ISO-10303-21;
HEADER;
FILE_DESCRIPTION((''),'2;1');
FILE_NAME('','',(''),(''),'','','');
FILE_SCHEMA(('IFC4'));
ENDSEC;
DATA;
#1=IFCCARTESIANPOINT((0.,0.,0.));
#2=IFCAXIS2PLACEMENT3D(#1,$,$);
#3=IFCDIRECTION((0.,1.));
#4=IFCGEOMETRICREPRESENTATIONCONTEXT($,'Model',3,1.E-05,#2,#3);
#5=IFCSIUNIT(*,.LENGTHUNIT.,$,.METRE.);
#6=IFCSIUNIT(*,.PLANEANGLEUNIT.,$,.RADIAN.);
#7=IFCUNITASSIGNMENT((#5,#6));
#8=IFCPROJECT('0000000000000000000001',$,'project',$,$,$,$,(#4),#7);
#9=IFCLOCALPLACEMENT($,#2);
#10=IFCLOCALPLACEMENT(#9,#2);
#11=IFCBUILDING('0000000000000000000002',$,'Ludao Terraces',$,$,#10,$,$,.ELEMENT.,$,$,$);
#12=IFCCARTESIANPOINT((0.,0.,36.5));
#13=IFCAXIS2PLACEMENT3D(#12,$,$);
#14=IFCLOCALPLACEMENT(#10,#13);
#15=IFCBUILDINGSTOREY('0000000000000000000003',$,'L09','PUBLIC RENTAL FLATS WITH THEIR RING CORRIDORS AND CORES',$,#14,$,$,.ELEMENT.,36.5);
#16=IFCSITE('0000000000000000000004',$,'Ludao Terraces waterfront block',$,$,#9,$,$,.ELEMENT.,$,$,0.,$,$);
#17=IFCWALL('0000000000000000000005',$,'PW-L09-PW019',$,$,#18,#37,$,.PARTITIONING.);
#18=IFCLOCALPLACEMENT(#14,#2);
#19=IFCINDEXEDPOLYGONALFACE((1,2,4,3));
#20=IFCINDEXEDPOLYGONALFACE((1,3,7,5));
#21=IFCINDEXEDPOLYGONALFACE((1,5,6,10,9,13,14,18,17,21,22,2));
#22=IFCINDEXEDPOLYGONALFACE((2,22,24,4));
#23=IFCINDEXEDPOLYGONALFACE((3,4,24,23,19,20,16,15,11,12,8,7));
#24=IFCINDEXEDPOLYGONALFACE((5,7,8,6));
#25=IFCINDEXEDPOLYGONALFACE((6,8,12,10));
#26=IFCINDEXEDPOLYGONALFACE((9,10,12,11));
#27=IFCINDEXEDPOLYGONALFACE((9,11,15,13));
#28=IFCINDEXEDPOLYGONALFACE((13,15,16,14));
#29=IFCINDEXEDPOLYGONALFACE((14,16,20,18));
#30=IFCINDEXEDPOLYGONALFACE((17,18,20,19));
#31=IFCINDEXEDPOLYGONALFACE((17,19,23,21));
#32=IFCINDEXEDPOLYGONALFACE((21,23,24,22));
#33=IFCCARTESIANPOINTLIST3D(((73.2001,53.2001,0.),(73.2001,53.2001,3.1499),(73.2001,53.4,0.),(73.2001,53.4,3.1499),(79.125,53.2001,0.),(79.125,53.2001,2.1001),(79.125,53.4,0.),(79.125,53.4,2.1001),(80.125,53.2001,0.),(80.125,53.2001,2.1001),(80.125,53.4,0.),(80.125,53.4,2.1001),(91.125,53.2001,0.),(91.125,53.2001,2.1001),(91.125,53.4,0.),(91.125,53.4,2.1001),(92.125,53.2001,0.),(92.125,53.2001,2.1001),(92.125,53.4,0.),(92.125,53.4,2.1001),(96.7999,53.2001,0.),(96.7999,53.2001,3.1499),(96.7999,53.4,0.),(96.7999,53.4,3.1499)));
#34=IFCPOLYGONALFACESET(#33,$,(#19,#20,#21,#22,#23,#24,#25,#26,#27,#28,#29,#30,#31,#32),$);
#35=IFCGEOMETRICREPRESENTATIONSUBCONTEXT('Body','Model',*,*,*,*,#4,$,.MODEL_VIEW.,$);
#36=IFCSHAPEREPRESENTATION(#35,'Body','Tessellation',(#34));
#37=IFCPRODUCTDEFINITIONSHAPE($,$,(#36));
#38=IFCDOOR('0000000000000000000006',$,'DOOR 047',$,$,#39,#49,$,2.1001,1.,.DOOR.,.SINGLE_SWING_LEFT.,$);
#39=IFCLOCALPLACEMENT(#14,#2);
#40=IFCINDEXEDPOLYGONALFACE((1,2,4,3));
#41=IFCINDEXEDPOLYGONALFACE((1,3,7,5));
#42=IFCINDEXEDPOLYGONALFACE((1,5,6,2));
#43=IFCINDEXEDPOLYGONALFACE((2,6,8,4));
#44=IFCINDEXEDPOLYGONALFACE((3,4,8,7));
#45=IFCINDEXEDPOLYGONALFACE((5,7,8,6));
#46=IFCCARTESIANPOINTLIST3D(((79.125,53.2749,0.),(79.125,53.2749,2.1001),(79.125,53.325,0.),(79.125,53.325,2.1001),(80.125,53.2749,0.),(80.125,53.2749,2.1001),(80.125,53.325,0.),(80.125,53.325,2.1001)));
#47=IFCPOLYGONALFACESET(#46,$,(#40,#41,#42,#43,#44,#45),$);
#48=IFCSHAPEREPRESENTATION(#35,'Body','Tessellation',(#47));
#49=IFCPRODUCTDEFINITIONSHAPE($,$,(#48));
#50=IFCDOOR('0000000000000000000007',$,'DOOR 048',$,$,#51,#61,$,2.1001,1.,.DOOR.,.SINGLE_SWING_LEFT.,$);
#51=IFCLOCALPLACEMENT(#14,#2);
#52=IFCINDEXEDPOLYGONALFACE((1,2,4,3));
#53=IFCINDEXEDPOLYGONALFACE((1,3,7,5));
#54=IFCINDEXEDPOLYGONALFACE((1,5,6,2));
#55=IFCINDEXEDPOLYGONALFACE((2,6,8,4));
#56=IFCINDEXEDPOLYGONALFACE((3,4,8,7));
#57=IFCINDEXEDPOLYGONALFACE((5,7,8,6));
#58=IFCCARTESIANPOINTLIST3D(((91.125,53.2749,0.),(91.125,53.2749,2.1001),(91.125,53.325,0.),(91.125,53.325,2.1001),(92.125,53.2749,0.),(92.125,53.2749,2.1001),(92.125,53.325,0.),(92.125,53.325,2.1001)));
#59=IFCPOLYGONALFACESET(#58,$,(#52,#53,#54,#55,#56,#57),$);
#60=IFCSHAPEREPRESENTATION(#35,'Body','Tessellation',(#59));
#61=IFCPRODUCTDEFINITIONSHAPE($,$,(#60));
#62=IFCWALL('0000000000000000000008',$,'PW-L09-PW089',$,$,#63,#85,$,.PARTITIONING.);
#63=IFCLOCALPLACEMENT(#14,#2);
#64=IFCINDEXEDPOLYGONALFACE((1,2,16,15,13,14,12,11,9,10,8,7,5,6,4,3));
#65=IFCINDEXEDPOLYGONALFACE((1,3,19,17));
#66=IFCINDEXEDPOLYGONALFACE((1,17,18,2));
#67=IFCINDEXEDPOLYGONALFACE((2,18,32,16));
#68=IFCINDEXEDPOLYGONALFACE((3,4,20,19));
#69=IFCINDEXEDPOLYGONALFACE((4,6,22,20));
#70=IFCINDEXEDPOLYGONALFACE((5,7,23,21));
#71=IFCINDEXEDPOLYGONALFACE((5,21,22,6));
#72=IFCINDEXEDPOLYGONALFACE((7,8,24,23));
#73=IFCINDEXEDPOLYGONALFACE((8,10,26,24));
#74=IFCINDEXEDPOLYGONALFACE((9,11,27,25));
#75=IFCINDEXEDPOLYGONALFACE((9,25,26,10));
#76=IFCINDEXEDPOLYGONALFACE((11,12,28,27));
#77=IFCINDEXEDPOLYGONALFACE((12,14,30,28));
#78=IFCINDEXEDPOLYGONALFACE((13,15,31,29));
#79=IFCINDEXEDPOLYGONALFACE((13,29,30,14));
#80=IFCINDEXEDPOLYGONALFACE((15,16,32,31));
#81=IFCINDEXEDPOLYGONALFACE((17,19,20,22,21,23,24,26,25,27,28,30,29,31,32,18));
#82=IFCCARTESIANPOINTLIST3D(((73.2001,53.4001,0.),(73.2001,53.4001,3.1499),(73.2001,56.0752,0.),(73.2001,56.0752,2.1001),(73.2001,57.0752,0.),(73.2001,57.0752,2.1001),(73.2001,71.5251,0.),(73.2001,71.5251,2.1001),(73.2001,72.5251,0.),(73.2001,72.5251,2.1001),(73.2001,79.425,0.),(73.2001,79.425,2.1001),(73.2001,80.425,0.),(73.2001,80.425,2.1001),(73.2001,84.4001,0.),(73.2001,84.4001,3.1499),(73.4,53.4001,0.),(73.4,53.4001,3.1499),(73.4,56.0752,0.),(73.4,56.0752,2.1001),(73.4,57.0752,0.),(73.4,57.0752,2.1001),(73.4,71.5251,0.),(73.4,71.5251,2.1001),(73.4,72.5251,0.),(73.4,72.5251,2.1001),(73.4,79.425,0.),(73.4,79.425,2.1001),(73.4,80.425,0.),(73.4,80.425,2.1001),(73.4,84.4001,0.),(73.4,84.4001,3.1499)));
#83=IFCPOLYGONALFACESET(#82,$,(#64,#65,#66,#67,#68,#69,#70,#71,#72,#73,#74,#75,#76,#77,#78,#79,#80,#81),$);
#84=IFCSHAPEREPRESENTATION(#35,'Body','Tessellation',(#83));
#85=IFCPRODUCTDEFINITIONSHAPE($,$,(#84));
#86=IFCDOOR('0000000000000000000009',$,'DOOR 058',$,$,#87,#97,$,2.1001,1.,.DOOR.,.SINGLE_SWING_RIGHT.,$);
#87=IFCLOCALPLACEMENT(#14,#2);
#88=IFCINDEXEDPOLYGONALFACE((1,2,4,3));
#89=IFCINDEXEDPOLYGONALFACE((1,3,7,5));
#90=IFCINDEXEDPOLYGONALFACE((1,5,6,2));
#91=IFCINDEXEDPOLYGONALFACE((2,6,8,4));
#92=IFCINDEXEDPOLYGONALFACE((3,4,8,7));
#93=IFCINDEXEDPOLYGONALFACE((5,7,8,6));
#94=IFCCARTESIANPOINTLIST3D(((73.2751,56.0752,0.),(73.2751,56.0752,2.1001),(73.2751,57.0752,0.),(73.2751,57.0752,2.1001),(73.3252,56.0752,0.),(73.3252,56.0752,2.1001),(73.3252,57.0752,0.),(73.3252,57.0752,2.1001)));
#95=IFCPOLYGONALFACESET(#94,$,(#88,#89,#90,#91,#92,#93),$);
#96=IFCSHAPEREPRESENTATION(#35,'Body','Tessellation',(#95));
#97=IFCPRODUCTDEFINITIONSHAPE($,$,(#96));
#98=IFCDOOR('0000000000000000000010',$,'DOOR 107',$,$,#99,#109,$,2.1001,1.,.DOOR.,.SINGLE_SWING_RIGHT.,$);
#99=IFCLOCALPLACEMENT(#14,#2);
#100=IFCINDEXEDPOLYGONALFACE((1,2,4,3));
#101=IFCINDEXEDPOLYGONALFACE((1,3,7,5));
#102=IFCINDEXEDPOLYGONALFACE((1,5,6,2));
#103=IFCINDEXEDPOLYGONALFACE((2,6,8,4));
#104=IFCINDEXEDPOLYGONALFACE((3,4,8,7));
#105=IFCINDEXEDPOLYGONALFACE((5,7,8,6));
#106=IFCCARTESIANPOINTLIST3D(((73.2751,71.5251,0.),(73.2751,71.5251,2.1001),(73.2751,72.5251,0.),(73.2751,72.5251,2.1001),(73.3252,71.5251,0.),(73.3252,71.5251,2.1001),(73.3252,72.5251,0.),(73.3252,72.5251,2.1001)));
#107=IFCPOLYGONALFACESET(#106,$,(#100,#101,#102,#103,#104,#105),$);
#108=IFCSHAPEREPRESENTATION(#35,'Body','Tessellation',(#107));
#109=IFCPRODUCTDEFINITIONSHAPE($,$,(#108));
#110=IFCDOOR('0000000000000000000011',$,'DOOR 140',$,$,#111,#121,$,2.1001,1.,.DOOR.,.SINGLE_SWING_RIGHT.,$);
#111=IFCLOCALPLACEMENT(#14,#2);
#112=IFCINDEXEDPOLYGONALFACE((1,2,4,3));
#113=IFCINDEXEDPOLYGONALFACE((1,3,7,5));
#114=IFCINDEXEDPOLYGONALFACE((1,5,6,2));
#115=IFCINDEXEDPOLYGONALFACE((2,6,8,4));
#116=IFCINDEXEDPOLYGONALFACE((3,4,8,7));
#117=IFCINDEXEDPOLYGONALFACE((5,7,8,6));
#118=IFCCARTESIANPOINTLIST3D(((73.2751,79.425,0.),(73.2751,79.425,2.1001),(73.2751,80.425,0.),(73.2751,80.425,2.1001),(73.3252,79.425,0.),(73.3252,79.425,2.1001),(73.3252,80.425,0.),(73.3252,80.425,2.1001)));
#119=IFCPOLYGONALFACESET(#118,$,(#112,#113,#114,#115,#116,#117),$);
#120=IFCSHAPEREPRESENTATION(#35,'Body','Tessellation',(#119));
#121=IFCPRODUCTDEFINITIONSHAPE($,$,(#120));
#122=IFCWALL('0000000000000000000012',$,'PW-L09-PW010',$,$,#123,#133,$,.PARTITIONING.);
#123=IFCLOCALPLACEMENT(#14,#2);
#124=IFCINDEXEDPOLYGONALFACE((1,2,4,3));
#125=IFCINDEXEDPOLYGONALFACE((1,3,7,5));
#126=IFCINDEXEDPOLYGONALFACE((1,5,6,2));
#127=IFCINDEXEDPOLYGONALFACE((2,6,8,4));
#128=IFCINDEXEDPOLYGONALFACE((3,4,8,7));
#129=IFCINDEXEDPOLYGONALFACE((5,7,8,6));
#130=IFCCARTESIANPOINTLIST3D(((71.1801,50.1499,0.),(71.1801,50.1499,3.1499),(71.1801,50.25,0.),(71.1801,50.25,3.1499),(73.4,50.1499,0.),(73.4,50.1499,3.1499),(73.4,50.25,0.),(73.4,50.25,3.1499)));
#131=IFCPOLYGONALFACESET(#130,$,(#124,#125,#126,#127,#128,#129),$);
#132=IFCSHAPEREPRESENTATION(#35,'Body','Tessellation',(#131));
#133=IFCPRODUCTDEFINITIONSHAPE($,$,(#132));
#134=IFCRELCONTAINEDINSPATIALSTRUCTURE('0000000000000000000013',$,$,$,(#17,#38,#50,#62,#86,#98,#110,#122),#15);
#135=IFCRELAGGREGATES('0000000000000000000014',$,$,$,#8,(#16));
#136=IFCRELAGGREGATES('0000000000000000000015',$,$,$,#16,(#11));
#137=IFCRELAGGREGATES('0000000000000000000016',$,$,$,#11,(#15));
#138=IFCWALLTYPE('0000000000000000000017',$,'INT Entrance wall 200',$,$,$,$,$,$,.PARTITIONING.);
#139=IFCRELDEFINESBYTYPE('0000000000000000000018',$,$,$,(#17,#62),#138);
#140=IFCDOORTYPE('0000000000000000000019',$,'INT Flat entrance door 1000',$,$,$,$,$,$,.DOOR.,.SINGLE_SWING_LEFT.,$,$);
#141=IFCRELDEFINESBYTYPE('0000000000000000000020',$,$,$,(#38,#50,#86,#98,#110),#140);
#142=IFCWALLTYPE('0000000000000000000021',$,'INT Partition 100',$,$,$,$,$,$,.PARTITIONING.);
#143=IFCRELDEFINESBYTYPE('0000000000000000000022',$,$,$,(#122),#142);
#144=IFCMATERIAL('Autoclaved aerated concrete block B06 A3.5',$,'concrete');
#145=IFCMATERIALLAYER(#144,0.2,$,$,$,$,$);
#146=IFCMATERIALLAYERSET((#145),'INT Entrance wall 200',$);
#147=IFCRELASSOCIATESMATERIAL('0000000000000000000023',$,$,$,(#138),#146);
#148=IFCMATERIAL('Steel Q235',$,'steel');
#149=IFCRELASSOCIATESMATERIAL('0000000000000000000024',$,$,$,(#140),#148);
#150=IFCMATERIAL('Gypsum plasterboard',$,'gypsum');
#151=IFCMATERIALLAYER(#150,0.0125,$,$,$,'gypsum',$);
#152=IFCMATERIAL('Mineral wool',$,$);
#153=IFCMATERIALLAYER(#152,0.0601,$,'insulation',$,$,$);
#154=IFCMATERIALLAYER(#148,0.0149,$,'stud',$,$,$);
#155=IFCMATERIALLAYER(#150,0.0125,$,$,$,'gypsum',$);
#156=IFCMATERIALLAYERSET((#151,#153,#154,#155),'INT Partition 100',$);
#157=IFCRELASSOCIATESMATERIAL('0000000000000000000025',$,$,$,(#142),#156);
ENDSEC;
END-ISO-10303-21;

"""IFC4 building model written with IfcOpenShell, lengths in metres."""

from ifc_helpers import new_model, si_unit, direction, frame, frame_2d, origin, place, context, subcontext, project, spatial, rectangle, extrude, material, layer, layer_set, type_object, element, fill, save


model = new_model("IFC4")

# Units and contexts
model_context = context("Model", 3, precision=1e-05, world=origin(), true_north=direction((0.0, 1.0)))
body_context = subcontext(model_context, "Body", "Model", "MODEL_VIEW")
ifc_project = project(units=[si_unit("LENGTHUNIT", "METRE"), si_unit("PLANEANGLEUNIT", "RADIAN")], contexts=[model_context])

# Site, building, storey
site_placement = place(None, origin())
site = spatial("IfcSite", under=ifc_project, at=site_placement, Name="Ludao Terraces waterfront block", CompositionType="ELEMENT", RefElevation=0.0)
building_placement = place(site_placement, origin())
building = spatial("IfcBuilding", under=site, at=building_placement, Name="Ludao Terraces", CompositionType="ELEMENT")
storey_placement = place(building_placement, frame((0.0, 0.0, 36.5)))
storey = spatial("IfcBuildingStorey", under=building, at=storey_placement, Name="L09", Description="PUBLIC RENTAL FLATS WITH THEIR RING CORRIDORS AND CORES", CompositionType="ELEMENT", Elevation=36.5)

# Walls, openings, doors
ifc_material_1 = material(Name="Autoclaved aerated concrete block B06 A3.5", Category="concrete")
ifc_layer_1 = layer(ifc_material_1, 0.2)
ifc_layer_set_1 = layer_set([ifc_layer_1], Name="INT Entrance wall 200")
wall_type_1 = type_object("IfcWallType", Name="INT Entrance wall 200", PredefinedType="PARTITIONING", material=ifc_layer_set_1)
wall_1_placement = place(storey_placement, frame((73.2002, 53.3, 0.0), z_axis=(0.0, 0.0, 1.0), x_axis=(1.0, 0.0, 0.0)))
wall_1 = element("IfcWall", 1, at=wall_1_placement, inside=storey, type_object=wall_type_1, Name="PW-L09-PW019", PredefinedType="PARTITIONING", context=body_context, shape_type="SweptSolid", body=[
    extrude(rectangle(XDim=23.5999, YDim=0.2, at=frame_2d((11.7998, 0.0))), origin(), (0.0, 0.0, 1.0), 3.1499),
])
opening_1_placement = place(wall_1_placement, frame((5.9248, 0.0, 0.0)))
opening_1 = element("IfcOpeningElement", 2, at=opening_1_placement, cuts=wall_1, PredefinedType="OPENING", context=body_context, shape_type="SweptSolid", body=[
    extrude(rectangle(XDim=1.0, YDim=2.1001, at=frame_2d((0.5, 1.05))), frame((0.0, 0.1099, 0.0), z_axis=(0.0, -1.0, 0.0), x_axis=(1.0, 0.0, 0.0)), (0.0, 0.0, 1.0), 0.22),
])
opening_2_placement = place(wall_1_placement, frame((17.9248, 0.0, 0.0)))
opening_2 = element("IfcOpeningElement", 3, at=opening_2_placement, cuts=wall_1, PredefinedType="OPENING", context=body_context, shape_type="SweptSolid", body=[
    extrude(rectangle(XDim=1.0, YDim=2.1001, at=frame_2d((0.5, 1.05))), frame((0.0, 0.1099, 0.0), z_axis=(0.0, -1.0, 0.0), x_axis=(1.0, 0.0, 0.0)), (0.0, 0.0, 1.0), 0.22),
])
ifc_material_2 = material(Name="Steel Q235", Category="steel")
door_type_1 = type_object("IfcDoorType", Name="INT Flat entrance door 1000", OperationType="SINGLE_SWING_LEFT", PredefinedType="DOOR", material=ifc_material_2)
door_1_placement = place(opening_1_placement, origin())
door_1 = element("IfcDoor", 4, at=door_1_placement, inside=storey, type_object=door_type_1, Name="DOOR 047", OperationType="SINGLE_SWING_LEFT", OverallHeight=2.1001, OverallWidth=1.0, PredefinedType="DOOR", context=body_context, shape_type="SweptSolid", body=[
    extrude(rectangle(XDim=1.0, YDim=2.1001, at=frame_2d((0.5, 1.05))), frame((0.0, 0.0249, 0.0), z_axis=(0.0, -1.0, 0.0), x_axis=(1.0, 0.0, 0.0)), (0.0, 0.0, 1.0), 0.05),
])
fill(opening_1, door_1)
door_2_placement = place(opening_2_placement, origin())
door_2 = element("IfcDoor", 5, at=door_2_placement, inside=storey, type_object=door_type_1, Name="DOOR 048", OperationType="SINGLE_SWING_LEFT", OverallHeight=2.1001, OverallWidth=1.0, PredefinedType="DOOR", context=body_context, shape_type="SweptSolid", body=[
    extrude(rectangle(XDim=1.0, YDim=2.1001, at=frame_2d((0.5, 1.05))), frame((0.0, 0.0249, 0.0), z_axis=(0.0, -1.0, 0.0), x_axis=(1.0, 0.0, 0.0)), (0.0, 0.0, 1.0), 0.05),
])
fill(opening_2, door_2)
wall_2_placement = place(storey_placement, frame((73.3, 53.4001, 0.0), z_axis=(0.0, 0.0, 1.0), x_axis=(0.0, 1.0, 0.0)))
wall_2 = element("IfcWall", 6, at=wall_2_placement, inside=storey, type_object=wall_type_1, Name="PW-L09-PW089", PredefinedType="PARTITIONING", context=body_context, shape_type="SweptSolid", body=[
    extrude(rectangle(XDim=31.0, YDim=0.2, at=frame_2d((15.5, 0.0))), origin(), (0.0, 0.0, 1.0), 3.1499),
])
opening_3_placement = place(wall_2_placement, frame((2.675, 0.0, 0.0)))
opening_3 = element("IfcOpeningElement", 7, at=opening_3_placement, cuts=wall_2, PredefinedType="OPENING", context=body_context, shape_type="SweptSolid", body=[
    extrude(rectangle(XDim=1.0, YDim=2.1001, at=frame_2d((0.5, 1.05))), frame((0.0, 0.1099, 0.0), z_axis=(0.0, -1.0, 0.0), x_axis=(1.0, 0.0, 0.0)), (0.0, 0.0, 1.0), 0.22),
])
opening_4_placement = place(wall_2_placement, frame((18.125, 0.0, 0.0)))
opening_4 = element("IfcOpeningElement", 8, at=opening_4_placement, cuts=wall_2, PredefinedType="OPENING", context=body_context, shape_type="SweptSolid", body=[
    extrude(rectangle(XDim=1.0, YDim=2.1001, at=frame_2d((0.5, 1.05))), frame((0.0, 0.1099, 0.0), z_axis=(0.0, -1.0, 0.0), x_axis=(1.0, 0.0, 0.0)), (0.0, 0.0, 1.0), 0.22),
])
opening_5_placement = place(wall_2_placement, frame((26.0249, 0.0, 0.0)))
opening_5 = element("IfcOpeningElement", 9, at=opening_5_placement, cuts=wall_2, PredefinedType="OPENING", context=body_context, shape_type="SweptSolid", body=[
    extrude(rectangle(XDim=1.0, YDim=2.1001, at=frame_2d((0.5, 1.05))), frame((0.0, 0.1099, 0.0), z_axis=(0.0, -1.0, 0.0), x_axis=(1.0, 0.0, 0.0)), (0.0, 0.0, 1.0), 0.22),
])
door_3_placement = place(opening_3_placement, origin())
door_3 = element("IfcDoor", 10, at=door_3_placement, inside=storey, type_object=door_type_1, Name="DOOR 058", OperationType="SINGLE_SWING_RIGHT", OverallHeight=2.1001, OverallWidth=1.0, PredefinedType="DOOR", context=body_context, shape_type="SweptSolid", body=[
    extrude(rectangle(XDim=1.0, YDim=2.1001, at=frame_2d((0.5, 1.05))), frame((0.0, 0.0249, 0.0), z_axis=(0.0, -1.0, 0.0), x_axis=(1.0, 0.0, 0.0)), (0.0, 0.0, 1.0), 0.05),
])
fill(opening_3, door_3)
door_4_placement = place(opening_4_placement, origin())
door_4 = element("IfcDoor", 11, at=door_4_placement, inside=storey, type_object=door_type_1, Name="DOOR 107", OperationType="SINGLE_SWING_RIGHT", OverallHeight=2.1001, OverallWidth=1.0, PredefinedType="DOOR", context=body_context, shape_type="SweptSolid", body=[
    extrude(rectangle(XDim=1.0, YDim=2.1001, at=frame_2d((0.5, 1.05))), frame((0.0, 0.0249, 0.0), z_axis=(0.0, -1.0, 0.0), x_axis=(1.0, 0.0, 0.0)), (0.0, 0.0, 1.0), 0.05),
])
fill(opening_4, door_4)
door_5_placement = place(opening_5_placement, origin())
door_5 = element("IfcDoor", 12, at=door_5_placement, inside=storey, type_object=door_type_1, Name="DOOR 140", OperationType="SINGLE_SWING_RIGHT", OverallHeight=2.1001, OverallWidth=1.0, PredefinedType="DOOR", context=body_context, shape_type="SweptSolid", body=[
    extrude(rectangle(XDim=1.0, YDim=2.1001, at=frame_2d((0.5, 1.05))), frame((0.0, 0.0249, 0.0), z_axis=(0.0, -1.0, 0.0), x_axis=(1.0, 0.0, 0.0)), (0.0, 0.0, 1.0), 0.05),
])
fill(opening_5, door_5)

# Wall
ifc_material_3 = material(Name="Gypsum plasterboard", Category="gypsum")
ifc_layer_2 = layer(ifc_material_3, 0.0125, Category="gypsum")
ifc_material_4 = material(Name="Mineral wool")
ifc_layer_3 = layer(ifc_material_4, 0.0601, Name="insulation")
ifc_layer_4 = layer(ifc_material_2, 0.0149, Name="stud")
ifc_layer_5 = layer(ifc_material_3, 0.0125, Category="gypsum")
ifc_layer_set_2 = layer_set([ifc_layer_2, ifc_layer_3, ifc_layer_4, ifc_layer_5], Name="INT Partition 100")
wall_type_2 = type_object("IfcWallType", Name="INT Partition 100", PredefinedType="PARTITIONING", material=ifc_layer_set_2)
wall_3_placement = place(storey_placement, frame((71.1802, 50.2, 0.0), z_axis=(0.0, 0.0, 1.0), x_axis=(1.0, 0.0, 0.0)))
element("IfcWall", 13, at=wall_3_placement, inside=storey, type_object=wall_type_2, Name="PW-L09-PW010", PredefinedType="PARTITIONING", context=body_context, shape_type="SweptSolid", body=[
    extrude(rectangle(XDim=2.22, YDim=0.1001, at=frame_2d((1.1099, 0.0))), origin(), (0.0, 0.0, 1.0), 3.1499),
])

save(model, "model.ifc")
